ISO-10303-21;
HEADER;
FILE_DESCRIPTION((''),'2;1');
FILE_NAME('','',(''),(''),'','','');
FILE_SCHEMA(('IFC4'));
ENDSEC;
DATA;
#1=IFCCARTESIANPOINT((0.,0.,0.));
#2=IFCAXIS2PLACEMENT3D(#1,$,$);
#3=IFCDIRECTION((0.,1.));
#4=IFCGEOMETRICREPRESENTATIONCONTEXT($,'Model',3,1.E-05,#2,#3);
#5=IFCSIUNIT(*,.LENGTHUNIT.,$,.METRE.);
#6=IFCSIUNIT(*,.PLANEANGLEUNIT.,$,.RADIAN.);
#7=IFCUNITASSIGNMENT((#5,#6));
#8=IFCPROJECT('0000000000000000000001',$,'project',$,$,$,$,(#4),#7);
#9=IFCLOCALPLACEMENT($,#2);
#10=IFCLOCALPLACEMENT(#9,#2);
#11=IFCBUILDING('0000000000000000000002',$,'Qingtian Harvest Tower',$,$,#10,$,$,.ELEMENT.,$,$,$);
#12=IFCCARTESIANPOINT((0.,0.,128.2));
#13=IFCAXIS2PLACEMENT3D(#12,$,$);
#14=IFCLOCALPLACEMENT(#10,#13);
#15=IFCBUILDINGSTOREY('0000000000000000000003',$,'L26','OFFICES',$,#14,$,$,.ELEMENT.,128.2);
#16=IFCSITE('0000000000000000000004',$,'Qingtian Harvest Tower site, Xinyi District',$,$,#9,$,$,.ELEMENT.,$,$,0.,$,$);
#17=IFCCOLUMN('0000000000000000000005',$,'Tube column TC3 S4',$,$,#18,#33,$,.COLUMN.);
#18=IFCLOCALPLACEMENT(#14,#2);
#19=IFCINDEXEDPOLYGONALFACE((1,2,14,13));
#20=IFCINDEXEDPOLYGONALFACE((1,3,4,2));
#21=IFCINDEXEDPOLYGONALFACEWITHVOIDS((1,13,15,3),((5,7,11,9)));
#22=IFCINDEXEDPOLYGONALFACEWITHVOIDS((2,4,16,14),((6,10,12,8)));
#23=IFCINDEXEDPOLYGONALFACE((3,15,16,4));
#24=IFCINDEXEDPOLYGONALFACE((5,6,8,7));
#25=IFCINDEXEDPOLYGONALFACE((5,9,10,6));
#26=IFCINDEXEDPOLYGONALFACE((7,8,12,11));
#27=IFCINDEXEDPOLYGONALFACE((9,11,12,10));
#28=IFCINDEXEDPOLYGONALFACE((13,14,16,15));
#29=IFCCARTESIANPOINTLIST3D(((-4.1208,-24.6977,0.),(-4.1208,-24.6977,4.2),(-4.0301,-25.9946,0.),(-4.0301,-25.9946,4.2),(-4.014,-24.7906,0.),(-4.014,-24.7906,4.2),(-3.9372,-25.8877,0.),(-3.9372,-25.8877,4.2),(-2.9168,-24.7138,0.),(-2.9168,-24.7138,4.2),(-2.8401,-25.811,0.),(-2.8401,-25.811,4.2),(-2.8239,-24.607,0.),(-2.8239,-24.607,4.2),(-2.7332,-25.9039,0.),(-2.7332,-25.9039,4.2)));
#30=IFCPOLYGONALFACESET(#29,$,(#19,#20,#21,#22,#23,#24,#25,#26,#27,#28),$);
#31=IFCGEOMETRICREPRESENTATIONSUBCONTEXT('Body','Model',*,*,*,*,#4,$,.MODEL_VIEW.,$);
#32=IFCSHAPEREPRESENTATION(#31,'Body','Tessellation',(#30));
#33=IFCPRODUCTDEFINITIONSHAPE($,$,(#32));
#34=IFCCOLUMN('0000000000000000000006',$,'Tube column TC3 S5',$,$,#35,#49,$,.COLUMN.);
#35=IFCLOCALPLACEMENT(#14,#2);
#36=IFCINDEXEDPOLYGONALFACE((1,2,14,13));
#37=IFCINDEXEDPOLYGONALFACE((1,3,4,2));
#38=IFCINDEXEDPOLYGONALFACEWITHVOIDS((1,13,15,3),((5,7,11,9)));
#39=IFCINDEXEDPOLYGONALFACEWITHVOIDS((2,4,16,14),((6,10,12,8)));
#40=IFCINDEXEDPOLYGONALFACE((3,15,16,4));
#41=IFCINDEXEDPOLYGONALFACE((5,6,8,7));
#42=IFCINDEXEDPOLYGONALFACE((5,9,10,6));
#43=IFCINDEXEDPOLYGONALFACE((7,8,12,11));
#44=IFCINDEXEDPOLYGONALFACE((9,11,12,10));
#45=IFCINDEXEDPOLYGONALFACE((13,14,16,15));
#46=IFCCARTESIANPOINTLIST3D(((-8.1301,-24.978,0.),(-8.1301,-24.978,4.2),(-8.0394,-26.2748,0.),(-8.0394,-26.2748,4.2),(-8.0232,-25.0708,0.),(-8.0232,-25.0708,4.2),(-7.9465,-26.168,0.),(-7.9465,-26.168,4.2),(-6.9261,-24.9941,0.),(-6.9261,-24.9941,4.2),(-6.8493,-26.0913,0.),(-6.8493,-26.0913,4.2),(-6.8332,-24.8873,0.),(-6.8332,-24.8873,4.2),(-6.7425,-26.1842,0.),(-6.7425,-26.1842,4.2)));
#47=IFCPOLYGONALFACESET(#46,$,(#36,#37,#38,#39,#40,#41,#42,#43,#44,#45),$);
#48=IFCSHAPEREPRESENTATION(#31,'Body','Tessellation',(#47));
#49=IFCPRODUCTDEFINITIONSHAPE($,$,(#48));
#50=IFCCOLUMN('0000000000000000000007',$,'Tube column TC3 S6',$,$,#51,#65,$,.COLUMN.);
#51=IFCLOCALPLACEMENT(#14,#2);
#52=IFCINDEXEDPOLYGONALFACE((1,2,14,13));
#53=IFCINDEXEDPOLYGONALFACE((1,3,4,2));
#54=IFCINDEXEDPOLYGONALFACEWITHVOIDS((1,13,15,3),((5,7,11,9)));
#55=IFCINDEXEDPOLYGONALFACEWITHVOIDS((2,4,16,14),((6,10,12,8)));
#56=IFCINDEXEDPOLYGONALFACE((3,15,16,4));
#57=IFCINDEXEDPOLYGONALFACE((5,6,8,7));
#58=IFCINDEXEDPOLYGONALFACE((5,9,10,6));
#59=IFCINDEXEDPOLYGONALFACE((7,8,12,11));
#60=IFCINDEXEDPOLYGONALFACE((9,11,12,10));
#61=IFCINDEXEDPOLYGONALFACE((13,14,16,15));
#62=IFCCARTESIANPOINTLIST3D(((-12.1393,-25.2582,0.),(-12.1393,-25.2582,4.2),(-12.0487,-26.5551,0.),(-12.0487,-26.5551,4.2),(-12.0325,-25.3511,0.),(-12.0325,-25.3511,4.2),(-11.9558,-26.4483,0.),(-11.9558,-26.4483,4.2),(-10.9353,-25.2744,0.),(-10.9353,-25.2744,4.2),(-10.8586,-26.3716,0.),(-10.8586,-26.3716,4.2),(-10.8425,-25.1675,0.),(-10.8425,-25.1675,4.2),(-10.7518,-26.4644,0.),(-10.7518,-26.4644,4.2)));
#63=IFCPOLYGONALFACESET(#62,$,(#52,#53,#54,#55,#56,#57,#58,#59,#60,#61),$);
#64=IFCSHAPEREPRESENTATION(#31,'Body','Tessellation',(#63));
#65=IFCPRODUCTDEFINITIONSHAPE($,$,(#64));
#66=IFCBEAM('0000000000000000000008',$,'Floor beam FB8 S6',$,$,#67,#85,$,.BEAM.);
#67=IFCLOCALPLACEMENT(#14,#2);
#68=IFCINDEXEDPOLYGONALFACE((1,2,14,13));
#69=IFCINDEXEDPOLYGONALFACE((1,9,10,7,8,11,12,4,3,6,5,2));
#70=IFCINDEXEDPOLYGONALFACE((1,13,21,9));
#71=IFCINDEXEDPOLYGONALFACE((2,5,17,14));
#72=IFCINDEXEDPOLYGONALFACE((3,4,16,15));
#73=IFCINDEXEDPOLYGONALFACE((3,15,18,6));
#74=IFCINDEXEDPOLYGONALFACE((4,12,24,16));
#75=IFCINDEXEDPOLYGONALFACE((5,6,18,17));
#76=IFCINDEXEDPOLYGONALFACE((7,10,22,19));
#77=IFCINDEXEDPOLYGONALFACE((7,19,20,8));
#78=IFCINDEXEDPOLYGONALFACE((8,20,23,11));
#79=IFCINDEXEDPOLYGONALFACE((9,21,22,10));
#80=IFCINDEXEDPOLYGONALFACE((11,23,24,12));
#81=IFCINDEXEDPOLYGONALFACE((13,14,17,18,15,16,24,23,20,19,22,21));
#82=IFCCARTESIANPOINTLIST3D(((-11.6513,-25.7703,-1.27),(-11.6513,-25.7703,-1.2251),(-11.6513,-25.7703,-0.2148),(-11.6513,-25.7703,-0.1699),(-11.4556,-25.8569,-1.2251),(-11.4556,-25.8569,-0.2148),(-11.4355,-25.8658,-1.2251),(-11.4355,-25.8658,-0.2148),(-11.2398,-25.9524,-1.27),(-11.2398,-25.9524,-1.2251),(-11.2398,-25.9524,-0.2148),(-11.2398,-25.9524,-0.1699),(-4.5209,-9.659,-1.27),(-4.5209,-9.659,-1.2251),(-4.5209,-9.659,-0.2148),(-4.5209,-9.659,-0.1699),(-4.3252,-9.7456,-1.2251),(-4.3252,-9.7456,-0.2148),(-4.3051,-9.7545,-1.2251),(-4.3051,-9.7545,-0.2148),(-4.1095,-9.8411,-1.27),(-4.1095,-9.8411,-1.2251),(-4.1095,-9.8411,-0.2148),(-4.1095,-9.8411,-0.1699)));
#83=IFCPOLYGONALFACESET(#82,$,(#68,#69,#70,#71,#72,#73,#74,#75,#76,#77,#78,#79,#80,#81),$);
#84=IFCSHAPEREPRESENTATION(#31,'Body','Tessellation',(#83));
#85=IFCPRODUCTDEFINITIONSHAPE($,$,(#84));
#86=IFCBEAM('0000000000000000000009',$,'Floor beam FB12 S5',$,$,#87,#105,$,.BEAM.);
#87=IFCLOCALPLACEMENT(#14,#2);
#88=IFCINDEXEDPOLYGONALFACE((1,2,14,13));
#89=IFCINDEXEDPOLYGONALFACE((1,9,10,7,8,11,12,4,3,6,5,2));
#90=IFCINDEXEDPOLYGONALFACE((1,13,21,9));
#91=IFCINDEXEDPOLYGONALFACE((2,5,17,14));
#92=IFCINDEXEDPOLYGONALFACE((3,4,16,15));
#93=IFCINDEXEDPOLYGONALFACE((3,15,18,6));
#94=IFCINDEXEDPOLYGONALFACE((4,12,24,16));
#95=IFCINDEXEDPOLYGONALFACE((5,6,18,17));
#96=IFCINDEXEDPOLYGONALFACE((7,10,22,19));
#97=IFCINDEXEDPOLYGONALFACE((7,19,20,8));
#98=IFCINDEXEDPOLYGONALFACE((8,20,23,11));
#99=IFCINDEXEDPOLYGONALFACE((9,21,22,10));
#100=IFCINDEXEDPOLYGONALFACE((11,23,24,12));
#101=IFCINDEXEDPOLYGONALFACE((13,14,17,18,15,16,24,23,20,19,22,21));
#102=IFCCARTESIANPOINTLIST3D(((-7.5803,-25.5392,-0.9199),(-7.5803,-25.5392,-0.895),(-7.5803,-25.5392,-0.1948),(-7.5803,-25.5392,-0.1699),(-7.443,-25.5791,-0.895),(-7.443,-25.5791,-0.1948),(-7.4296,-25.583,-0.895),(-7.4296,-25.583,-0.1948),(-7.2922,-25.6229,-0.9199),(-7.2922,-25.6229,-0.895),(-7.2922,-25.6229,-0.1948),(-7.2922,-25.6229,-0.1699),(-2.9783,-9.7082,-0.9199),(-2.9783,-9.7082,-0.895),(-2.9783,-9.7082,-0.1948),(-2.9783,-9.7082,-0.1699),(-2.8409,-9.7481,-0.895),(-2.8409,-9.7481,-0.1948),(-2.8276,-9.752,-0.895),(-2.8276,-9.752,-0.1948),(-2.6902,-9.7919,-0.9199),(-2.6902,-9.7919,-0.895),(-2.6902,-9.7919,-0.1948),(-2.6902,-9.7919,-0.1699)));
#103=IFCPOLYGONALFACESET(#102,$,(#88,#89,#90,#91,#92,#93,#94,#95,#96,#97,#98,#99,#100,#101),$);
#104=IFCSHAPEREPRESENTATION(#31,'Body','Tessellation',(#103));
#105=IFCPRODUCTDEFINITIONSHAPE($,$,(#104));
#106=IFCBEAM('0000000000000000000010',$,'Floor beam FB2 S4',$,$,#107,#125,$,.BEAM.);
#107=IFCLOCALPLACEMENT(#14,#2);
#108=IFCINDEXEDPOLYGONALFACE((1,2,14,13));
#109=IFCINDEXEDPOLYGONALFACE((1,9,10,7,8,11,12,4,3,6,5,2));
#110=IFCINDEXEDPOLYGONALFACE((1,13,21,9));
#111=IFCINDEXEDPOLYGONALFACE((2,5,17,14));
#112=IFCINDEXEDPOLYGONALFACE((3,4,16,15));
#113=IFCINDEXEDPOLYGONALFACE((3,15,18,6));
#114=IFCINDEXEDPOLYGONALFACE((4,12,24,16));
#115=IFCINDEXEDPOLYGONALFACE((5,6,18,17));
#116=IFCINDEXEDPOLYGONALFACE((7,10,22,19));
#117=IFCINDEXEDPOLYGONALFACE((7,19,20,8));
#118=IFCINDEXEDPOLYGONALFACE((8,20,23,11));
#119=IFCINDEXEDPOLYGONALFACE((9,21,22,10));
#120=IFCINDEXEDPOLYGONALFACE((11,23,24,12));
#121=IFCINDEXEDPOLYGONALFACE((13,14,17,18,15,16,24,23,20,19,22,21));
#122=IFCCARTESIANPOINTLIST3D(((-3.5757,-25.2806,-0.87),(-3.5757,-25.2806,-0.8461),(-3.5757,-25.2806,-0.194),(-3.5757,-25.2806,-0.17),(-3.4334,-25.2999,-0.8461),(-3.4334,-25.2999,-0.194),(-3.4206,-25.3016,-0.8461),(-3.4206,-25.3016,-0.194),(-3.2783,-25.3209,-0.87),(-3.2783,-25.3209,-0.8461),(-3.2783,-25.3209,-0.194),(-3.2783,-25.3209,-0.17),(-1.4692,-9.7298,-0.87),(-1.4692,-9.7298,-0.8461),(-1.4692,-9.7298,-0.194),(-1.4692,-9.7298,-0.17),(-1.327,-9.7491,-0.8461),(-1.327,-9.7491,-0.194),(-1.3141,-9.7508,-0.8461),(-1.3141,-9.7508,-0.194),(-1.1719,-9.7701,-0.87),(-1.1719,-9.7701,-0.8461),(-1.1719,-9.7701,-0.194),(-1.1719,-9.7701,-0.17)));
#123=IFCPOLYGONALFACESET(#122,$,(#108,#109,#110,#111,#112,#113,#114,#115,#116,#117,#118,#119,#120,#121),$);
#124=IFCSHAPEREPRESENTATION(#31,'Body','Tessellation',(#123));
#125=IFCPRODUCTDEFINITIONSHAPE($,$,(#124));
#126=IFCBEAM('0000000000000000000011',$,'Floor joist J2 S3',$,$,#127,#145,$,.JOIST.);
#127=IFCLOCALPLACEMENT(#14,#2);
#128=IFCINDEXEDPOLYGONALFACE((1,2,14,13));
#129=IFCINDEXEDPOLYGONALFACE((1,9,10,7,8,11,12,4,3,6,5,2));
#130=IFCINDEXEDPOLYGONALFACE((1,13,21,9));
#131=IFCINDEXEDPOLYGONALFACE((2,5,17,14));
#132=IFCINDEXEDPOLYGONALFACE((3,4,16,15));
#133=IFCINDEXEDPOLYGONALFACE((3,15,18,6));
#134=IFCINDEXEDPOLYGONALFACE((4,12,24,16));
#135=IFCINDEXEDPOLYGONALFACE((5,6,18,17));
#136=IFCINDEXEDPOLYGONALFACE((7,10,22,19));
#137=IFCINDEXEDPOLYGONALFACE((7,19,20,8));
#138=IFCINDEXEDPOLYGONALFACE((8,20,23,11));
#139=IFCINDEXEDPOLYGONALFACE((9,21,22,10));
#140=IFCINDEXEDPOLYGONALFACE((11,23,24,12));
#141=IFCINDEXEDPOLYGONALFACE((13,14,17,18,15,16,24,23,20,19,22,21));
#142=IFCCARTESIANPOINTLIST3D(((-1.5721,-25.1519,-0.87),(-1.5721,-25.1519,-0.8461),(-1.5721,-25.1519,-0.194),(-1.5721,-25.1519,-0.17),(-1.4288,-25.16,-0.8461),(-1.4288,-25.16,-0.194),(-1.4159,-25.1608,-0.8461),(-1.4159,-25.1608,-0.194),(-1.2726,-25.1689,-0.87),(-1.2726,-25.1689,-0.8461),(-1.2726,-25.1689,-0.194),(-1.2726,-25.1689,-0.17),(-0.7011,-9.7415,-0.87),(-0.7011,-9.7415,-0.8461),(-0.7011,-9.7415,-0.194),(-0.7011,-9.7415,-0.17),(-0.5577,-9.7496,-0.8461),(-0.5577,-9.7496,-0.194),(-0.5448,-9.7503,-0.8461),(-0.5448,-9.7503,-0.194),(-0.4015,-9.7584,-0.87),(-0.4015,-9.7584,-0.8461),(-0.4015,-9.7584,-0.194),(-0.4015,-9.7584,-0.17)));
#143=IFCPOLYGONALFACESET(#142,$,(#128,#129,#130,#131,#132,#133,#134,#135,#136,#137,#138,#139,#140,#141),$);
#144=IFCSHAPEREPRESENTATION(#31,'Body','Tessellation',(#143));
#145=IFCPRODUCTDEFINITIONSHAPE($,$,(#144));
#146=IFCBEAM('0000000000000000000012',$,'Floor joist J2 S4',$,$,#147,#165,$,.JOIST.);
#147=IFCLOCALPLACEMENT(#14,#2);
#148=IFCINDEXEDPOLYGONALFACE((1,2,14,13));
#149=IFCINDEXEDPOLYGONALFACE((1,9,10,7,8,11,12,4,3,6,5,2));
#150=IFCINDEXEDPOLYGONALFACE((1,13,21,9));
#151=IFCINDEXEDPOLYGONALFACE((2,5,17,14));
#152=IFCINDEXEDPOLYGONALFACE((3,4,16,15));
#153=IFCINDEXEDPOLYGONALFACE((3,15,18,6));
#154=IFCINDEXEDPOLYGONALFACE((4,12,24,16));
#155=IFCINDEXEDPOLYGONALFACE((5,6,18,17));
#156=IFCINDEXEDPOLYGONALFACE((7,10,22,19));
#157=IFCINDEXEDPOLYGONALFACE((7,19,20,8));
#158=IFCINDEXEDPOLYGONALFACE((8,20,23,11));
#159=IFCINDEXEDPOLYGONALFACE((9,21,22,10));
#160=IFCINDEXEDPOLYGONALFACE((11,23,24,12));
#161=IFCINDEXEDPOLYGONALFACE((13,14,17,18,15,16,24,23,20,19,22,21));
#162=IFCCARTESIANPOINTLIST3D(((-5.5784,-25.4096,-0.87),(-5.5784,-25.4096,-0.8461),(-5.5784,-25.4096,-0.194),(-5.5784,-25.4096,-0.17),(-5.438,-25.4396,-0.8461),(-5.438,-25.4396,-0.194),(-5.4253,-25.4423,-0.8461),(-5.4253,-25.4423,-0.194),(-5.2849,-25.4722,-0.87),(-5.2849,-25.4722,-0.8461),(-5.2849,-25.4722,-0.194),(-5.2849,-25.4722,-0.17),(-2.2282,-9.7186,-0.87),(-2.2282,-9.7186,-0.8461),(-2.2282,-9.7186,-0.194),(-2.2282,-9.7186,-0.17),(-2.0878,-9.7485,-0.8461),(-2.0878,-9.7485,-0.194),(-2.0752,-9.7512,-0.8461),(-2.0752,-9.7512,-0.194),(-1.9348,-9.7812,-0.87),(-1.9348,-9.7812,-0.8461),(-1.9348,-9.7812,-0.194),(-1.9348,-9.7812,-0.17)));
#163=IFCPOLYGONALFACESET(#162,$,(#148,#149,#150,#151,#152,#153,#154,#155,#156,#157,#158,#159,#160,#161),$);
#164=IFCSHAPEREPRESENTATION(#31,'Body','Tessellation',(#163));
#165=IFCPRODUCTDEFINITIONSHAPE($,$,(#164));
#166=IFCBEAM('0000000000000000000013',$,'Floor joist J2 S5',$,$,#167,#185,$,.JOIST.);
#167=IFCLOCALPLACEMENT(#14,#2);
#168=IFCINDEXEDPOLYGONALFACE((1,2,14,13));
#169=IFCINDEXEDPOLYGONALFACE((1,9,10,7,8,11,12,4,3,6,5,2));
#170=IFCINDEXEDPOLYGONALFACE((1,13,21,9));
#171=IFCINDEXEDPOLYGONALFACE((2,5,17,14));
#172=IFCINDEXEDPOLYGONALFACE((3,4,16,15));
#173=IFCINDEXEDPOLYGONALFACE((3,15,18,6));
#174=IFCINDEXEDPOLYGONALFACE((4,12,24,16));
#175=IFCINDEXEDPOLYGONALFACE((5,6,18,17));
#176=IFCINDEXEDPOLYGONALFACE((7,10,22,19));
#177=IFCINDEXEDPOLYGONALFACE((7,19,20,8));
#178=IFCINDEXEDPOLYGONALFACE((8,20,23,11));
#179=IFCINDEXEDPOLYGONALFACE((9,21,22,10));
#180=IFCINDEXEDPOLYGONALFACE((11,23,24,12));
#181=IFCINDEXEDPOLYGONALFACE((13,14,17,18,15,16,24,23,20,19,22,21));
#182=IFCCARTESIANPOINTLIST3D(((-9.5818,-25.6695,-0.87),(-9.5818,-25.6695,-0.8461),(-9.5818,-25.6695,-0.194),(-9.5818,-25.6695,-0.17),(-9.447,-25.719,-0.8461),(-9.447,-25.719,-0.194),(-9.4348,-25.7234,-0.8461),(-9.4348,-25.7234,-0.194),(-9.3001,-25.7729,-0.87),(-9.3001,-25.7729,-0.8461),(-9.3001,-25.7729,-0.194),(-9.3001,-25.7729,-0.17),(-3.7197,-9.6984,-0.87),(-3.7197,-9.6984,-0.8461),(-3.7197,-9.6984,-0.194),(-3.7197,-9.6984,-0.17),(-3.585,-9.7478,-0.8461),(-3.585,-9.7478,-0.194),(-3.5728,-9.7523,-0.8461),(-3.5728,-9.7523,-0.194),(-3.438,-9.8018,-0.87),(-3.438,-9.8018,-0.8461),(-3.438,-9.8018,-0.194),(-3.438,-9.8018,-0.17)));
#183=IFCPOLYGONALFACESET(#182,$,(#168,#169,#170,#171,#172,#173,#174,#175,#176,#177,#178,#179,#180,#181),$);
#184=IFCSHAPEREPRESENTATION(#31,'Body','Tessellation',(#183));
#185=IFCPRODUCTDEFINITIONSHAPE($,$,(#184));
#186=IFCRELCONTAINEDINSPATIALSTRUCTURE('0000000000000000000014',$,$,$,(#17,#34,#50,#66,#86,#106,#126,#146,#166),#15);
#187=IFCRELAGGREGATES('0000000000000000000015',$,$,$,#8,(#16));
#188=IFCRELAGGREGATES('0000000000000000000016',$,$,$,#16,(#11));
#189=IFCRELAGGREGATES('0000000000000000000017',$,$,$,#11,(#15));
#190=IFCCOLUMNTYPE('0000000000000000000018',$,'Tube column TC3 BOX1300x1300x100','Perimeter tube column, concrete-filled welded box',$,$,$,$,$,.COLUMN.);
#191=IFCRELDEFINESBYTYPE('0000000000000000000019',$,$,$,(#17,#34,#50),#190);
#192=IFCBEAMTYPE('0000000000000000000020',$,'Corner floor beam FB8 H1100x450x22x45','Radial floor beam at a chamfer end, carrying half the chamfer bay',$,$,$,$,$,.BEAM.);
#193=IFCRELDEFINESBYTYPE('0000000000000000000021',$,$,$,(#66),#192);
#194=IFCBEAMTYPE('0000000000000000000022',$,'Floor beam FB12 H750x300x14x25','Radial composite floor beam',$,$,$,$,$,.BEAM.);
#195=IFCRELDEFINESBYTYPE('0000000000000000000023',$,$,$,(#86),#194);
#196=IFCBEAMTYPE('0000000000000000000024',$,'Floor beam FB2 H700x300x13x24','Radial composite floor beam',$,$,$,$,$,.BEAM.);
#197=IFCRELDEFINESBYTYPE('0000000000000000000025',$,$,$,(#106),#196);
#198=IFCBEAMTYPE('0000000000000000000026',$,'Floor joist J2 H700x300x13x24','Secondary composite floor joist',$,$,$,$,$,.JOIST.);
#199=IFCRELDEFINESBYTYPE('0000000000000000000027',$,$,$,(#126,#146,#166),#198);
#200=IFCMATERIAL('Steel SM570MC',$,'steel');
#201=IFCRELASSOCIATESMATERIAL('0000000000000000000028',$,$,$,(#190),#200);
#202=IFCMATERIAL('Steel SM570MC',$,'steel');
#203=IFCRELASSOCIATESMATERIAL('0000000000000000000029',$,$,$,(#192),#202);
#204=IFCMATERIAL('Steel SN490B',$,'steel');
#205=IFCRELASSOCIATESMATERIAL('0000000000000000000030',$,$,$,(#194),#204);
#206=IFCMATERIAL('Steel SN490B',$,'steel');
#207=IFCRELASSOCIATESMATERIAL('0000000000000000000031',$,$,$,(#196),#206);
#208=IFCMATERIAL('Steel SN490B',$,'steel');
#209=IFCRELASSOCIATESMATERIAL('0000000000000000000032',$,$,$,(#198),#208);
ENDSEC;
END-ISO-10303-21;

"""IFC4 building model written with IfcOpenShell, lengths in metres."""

from ifc_helpers import new_model, si_unit, direction, frame, origin, origin_2d, place, context, subcontext, project, spatial, hollow_rectangle, i_section, extrude, material, material_profile, profile_set, type_object, element, save


model = new_model("IFC4")

# Units and contexts
model_context = context("Model", 3, precision=1e-05, world=origin(), true_north=direction((0.0, 1.0)))
body_context = subcontext(model_context, "Body", "Model", "MODEL_VIEW")
ifc_project = project(units=[si_unit("LENGTHUNIT", "METRE"), si_unit("PLANEANGLEUNIT", "RADIAN")], contexts=[model_context])

# Site, building, storey
site_placement = place(None, origin())
site = spatial("IfcSite", under=ifc_project, at=site_placement, Name="Qingtian Harvest Tower site, Xinyi District", CompositionType="ELEMENT", RefElevation=0.0)
building_placement = place(site_placement, origin())
building = spatial("IfcBuilding", under=site, at=building_placement, Name="Qingtian Harvest Tower", CompositionType="ELEMENT")
storey_placement = place(building_placement, frame((0.0, 0.0, 128.2)))
storey = spatial("IfcBuildingStorey", under=building, at=storey_placement, Name="L26", Description="OFFICES", CompositionType="ELEMENT", Elevation=128.2)

# Columns
ifc_material_1 = material(Name="Steel SM570MC", Category="steel")
ifc_material_profile_1 = material_profile(ifc_material_1, hollow_rectangle(XDim=1.3, YDim=1.3, WallThickness=0.1001, at=origin_2d()), Name="BOX1300x1300x100")
ifc_profile_set_1 = profile_set([ifc_material_profile_1], Name="Steel SM570MC")
column_type = type_object("IfcColumnType", Name="Tube column TC3 BOX1300x1300x100", Description="Perimeter tube column, concrete-filled welded box", PredefinedType="COLUMN", material=ifc_profile_set_1)
for number, where, z_axis, x_axis, name in (
    (1, (-3.427, -25.3008, 0.0), (0.0, 0.0, 1.0), (0.997564, 0.069756, 0.0), "Tube column TC3 S4"),
    (2, (-7.4363, -25.5811, 0.0), (0.0, 0.0, 1.0), (0.997564, 0.069756, 0.0), "Tube column TC3 S5"),
    (3, (-11.4456, -25.8613, 0.0), (0.0, 0.0, 1.0), (0.997564, 0.069756, 0.0), "Tube column TC3 S6"),
):
    element("IfcColumn", number, at=place(storey_placement, frame(where, z_axis=z_axis, x_axis=x_axis)), inside=storey, type_object=column_type, Name=name, PredefinedType="COLUMN", context=body_context, shape_type="SweptSolid", body=[
        extrude(hollow_rectangle(XDim=1.3, YDim=1.3, WallThickness=0.1001, at=origin_2d()), origin(), (0.0, 0.0, 1.0), 4.2),
    ])

# Beams
ifc_material_2 = material(Name="Steel SM570MC", Category="steel")
ifc_material_profile_2 = material_profile(ifc_material_2, i_section(OverallWidth=0.45, OverallDepth=1.1001, WebThickness=0.022, FlangeThickness=0.0449, at=origin_2d()), Name="H1100x450x22x45")
ifc_profile_set_2 = profile_set([ifc_material_profile_2], Name="Steel SM570MC")
beam_type_1 = type_object("IfcBeamType", Name="Corner floor beam FB8 H1100x450x22x45", Description="Radial floor beam at a chamfer end, carrying half the chamfer bay", PredefinedType="BEAM", material=ifc_profile_set_2)
beam_1_placement = place(storey_placement, frame((-11.4456, -25.8613, -0.72), z_axis=(0.404706, 0.914447, 0.0), x_axis=(-0.914447, 0.404706, 0.0)))
element("IfcBeam", 4, at=beam_1_placement, inside=storey, type_object=beam_type_1, Name="Floor beam FB8 S6", PredefinedType="BEAM", context=body_context, shape_type="SweptSolid", body=[
    extrude(i_section(OverallWidth=0.45, OverallDepth=1.1001, WebThickness=0.022, FlangeThickness=0.0449, at=origin_2d()), origin(), (0.0, 0.0, 1.0), 17.6187),
])
ifc_material_3 = material(Name="Steel SN490B", Category="steel")
ifc_material_profile_3 = material_profile(ifc_material_3, i_section(OverallWidth=0.3, OverallDepth=0.75, WebThickness=0.0139, FlangeThickness=0.0249, at=origin_2d()), Name="H750x300x14x25")
ifc_profile_set_3 = profile_set([ifc_material_profile_3], Name="Steel SN490B")
beam_type_2 = type_object("IfcBeamType", Name="Floor beam FB12 H750x300x14x25", Description="Radial composite floor beam", PredefinedType="BEAM", material=ifc_profile_set_3)
beam_2_placement = place(storey_placement, frame((-7.4363, -25.5811, -0.5449), z_axis=(0.279142, 0.96025, 0.0), x_axis=(-0.96025, 0.279142, 0.0)))
element("IfcBeam", 5, at=beam_2_placement, inside=storey, type_object=beam_type_2, Name="Floor beam FB12 S5", PredefinedType="BEAM", context=body_context, shape_type="SweptSolid", body=[
    extrude(i_section(OverallWidth=0.3, OverallDepth=0.75, WebThickness=0.0139, FlangeThickness=0.0249, at=origin_2d()), origin(), (0.0, 0.0, 1.0), 16.4863),
])
ifc_material_4 = material(Name="Steel SN490B", Category="steel")
ifc_material_profile_4 = material_profile(ifc_material_4, i_section(OverallWidth=0.3, OverallDepth=0.7, WebThickness=0.0129, FlangeThickness=0.0239, at=origin_2d()), Name="H700x300x13x24")
ifc_profile_set_4 = profile_set([ifc_material_profile_4], Name="Steel SN490B")
beam_type_3 = type_object("IfcBeamType", Name="Floor beam FB2 H700x300x13x24", Description="Radial composite floor beam", PredefinedType="BEAM", material=ifc_profile_set_4)
beam_3_placement = place(storey_placement, frame((-3.427, -25.3008, -0.52), z_axis=(0.13423, 0.99095, 0.0), x_axis=(-0.99095, 0.13423, 0.0)))
element("IfcBeam", 6, at=beam_3_placement, inside=storey, type_object=beam_type_3, Name="Floor beam FB2 S4", PredefinedType="BEAM", context=body_context, shape_type="SweptSolid", body=[
    extrude(i_section(OverallWidth=0.3, OverallDepth=0.7, WebThickness=0.0129, FlangeThickness=0.0239, at=origin_2d()), origin(), (0.0, 0.0, 1.0), 15.6929),
])
ifc_material_5 = material(Name="Steel SN490B", Category="steel")
ifc_material_profile_5 = material_profile(ifc_material_5, i_section(OverallWidth=0.3, OverallDepth=0.7, WebThickness=0.0129, FlangeThickness=0.0239, at=origin_2d()), Name="H700x300x13x24")
ifc_profile_set_5 = profile_set([ifc_material_profile_5], Name="Steel SN490B")
beam_type_4 = type_object("IfcBeamType", Name="Floor joist J2 H700x300x13x24", Description="Secondary composite floor joist", PredefinedType="JOIST", material=ifc_profile_set_5)
beam_4_placement = place(storey_placement, frame((-1.4224, -25.1604, -0.52), z_axis=(0.056436, 0.998406, 0.0), x_axis=(-0.998406, 0.056436, 0.0)))
element("IfcBeam", 7, at=beam_4_placement, inside=storey, type_object=beam_type_4, Name="Floor joist J2 S3", PredefinedType="JOIST", context=body_context, shape_type="SweptSolid", body=[
    extrude(i_section(OverallWidth=0.3, OverallDepth=0.7, WebThickness=0.0129, FlangeThickness=0.0239, at=origin_2d()), origin(), (0.0, 0.0, 1.0), 15.4351),
])
beam_5_placement = place(storey_placement, frame((-5.4316, -25.4409, -0.52), z_axis=(0.2088, 0.977958, 0.0), x_axis=(-0.977958, 0.2088, 0.0)))
element("IfcBeam", 8, at=beam_5_placement, inside=storey, type_object=beam_type_4, Name="Floor joist J2 S4", PredefinedType="JOIST", context=body_context, shape_type="SweptSolid", body=[
    extrude(i_section(OverallWidth=0.3, OverallDepth=0.7, WebThickness=0.0129, FlangeThickness=0.0239, at=origin_2d()), origin(), (0.0, 0.0, 1.0), 16.0447),
])
beam_6_placement = place(storey_placement, frame((-9.4409, -25.7212, -0.52), z_axis=(0.344563, 0.938763, 0.0), x_axis=(-0.938763, 0.344563, 0.0)))
element("IfcBeam", 9, at=beam_6_placement, inside=storey, type_object=beam_type_4, Name="Floor joist J2 S5", PredefinedType="JOIST", context=body_context, shape_type="SweptSolid", body=[
    extrude(i_section(OverallWidth=0.3, OverallDepth=0.7, WebThickness=0.0129, FlangeThickness=0.0239, at=origin_2d()), origin(), (0.0, 0.0, 1.0), 17.0129),
])

save(model, "model.ifc")
